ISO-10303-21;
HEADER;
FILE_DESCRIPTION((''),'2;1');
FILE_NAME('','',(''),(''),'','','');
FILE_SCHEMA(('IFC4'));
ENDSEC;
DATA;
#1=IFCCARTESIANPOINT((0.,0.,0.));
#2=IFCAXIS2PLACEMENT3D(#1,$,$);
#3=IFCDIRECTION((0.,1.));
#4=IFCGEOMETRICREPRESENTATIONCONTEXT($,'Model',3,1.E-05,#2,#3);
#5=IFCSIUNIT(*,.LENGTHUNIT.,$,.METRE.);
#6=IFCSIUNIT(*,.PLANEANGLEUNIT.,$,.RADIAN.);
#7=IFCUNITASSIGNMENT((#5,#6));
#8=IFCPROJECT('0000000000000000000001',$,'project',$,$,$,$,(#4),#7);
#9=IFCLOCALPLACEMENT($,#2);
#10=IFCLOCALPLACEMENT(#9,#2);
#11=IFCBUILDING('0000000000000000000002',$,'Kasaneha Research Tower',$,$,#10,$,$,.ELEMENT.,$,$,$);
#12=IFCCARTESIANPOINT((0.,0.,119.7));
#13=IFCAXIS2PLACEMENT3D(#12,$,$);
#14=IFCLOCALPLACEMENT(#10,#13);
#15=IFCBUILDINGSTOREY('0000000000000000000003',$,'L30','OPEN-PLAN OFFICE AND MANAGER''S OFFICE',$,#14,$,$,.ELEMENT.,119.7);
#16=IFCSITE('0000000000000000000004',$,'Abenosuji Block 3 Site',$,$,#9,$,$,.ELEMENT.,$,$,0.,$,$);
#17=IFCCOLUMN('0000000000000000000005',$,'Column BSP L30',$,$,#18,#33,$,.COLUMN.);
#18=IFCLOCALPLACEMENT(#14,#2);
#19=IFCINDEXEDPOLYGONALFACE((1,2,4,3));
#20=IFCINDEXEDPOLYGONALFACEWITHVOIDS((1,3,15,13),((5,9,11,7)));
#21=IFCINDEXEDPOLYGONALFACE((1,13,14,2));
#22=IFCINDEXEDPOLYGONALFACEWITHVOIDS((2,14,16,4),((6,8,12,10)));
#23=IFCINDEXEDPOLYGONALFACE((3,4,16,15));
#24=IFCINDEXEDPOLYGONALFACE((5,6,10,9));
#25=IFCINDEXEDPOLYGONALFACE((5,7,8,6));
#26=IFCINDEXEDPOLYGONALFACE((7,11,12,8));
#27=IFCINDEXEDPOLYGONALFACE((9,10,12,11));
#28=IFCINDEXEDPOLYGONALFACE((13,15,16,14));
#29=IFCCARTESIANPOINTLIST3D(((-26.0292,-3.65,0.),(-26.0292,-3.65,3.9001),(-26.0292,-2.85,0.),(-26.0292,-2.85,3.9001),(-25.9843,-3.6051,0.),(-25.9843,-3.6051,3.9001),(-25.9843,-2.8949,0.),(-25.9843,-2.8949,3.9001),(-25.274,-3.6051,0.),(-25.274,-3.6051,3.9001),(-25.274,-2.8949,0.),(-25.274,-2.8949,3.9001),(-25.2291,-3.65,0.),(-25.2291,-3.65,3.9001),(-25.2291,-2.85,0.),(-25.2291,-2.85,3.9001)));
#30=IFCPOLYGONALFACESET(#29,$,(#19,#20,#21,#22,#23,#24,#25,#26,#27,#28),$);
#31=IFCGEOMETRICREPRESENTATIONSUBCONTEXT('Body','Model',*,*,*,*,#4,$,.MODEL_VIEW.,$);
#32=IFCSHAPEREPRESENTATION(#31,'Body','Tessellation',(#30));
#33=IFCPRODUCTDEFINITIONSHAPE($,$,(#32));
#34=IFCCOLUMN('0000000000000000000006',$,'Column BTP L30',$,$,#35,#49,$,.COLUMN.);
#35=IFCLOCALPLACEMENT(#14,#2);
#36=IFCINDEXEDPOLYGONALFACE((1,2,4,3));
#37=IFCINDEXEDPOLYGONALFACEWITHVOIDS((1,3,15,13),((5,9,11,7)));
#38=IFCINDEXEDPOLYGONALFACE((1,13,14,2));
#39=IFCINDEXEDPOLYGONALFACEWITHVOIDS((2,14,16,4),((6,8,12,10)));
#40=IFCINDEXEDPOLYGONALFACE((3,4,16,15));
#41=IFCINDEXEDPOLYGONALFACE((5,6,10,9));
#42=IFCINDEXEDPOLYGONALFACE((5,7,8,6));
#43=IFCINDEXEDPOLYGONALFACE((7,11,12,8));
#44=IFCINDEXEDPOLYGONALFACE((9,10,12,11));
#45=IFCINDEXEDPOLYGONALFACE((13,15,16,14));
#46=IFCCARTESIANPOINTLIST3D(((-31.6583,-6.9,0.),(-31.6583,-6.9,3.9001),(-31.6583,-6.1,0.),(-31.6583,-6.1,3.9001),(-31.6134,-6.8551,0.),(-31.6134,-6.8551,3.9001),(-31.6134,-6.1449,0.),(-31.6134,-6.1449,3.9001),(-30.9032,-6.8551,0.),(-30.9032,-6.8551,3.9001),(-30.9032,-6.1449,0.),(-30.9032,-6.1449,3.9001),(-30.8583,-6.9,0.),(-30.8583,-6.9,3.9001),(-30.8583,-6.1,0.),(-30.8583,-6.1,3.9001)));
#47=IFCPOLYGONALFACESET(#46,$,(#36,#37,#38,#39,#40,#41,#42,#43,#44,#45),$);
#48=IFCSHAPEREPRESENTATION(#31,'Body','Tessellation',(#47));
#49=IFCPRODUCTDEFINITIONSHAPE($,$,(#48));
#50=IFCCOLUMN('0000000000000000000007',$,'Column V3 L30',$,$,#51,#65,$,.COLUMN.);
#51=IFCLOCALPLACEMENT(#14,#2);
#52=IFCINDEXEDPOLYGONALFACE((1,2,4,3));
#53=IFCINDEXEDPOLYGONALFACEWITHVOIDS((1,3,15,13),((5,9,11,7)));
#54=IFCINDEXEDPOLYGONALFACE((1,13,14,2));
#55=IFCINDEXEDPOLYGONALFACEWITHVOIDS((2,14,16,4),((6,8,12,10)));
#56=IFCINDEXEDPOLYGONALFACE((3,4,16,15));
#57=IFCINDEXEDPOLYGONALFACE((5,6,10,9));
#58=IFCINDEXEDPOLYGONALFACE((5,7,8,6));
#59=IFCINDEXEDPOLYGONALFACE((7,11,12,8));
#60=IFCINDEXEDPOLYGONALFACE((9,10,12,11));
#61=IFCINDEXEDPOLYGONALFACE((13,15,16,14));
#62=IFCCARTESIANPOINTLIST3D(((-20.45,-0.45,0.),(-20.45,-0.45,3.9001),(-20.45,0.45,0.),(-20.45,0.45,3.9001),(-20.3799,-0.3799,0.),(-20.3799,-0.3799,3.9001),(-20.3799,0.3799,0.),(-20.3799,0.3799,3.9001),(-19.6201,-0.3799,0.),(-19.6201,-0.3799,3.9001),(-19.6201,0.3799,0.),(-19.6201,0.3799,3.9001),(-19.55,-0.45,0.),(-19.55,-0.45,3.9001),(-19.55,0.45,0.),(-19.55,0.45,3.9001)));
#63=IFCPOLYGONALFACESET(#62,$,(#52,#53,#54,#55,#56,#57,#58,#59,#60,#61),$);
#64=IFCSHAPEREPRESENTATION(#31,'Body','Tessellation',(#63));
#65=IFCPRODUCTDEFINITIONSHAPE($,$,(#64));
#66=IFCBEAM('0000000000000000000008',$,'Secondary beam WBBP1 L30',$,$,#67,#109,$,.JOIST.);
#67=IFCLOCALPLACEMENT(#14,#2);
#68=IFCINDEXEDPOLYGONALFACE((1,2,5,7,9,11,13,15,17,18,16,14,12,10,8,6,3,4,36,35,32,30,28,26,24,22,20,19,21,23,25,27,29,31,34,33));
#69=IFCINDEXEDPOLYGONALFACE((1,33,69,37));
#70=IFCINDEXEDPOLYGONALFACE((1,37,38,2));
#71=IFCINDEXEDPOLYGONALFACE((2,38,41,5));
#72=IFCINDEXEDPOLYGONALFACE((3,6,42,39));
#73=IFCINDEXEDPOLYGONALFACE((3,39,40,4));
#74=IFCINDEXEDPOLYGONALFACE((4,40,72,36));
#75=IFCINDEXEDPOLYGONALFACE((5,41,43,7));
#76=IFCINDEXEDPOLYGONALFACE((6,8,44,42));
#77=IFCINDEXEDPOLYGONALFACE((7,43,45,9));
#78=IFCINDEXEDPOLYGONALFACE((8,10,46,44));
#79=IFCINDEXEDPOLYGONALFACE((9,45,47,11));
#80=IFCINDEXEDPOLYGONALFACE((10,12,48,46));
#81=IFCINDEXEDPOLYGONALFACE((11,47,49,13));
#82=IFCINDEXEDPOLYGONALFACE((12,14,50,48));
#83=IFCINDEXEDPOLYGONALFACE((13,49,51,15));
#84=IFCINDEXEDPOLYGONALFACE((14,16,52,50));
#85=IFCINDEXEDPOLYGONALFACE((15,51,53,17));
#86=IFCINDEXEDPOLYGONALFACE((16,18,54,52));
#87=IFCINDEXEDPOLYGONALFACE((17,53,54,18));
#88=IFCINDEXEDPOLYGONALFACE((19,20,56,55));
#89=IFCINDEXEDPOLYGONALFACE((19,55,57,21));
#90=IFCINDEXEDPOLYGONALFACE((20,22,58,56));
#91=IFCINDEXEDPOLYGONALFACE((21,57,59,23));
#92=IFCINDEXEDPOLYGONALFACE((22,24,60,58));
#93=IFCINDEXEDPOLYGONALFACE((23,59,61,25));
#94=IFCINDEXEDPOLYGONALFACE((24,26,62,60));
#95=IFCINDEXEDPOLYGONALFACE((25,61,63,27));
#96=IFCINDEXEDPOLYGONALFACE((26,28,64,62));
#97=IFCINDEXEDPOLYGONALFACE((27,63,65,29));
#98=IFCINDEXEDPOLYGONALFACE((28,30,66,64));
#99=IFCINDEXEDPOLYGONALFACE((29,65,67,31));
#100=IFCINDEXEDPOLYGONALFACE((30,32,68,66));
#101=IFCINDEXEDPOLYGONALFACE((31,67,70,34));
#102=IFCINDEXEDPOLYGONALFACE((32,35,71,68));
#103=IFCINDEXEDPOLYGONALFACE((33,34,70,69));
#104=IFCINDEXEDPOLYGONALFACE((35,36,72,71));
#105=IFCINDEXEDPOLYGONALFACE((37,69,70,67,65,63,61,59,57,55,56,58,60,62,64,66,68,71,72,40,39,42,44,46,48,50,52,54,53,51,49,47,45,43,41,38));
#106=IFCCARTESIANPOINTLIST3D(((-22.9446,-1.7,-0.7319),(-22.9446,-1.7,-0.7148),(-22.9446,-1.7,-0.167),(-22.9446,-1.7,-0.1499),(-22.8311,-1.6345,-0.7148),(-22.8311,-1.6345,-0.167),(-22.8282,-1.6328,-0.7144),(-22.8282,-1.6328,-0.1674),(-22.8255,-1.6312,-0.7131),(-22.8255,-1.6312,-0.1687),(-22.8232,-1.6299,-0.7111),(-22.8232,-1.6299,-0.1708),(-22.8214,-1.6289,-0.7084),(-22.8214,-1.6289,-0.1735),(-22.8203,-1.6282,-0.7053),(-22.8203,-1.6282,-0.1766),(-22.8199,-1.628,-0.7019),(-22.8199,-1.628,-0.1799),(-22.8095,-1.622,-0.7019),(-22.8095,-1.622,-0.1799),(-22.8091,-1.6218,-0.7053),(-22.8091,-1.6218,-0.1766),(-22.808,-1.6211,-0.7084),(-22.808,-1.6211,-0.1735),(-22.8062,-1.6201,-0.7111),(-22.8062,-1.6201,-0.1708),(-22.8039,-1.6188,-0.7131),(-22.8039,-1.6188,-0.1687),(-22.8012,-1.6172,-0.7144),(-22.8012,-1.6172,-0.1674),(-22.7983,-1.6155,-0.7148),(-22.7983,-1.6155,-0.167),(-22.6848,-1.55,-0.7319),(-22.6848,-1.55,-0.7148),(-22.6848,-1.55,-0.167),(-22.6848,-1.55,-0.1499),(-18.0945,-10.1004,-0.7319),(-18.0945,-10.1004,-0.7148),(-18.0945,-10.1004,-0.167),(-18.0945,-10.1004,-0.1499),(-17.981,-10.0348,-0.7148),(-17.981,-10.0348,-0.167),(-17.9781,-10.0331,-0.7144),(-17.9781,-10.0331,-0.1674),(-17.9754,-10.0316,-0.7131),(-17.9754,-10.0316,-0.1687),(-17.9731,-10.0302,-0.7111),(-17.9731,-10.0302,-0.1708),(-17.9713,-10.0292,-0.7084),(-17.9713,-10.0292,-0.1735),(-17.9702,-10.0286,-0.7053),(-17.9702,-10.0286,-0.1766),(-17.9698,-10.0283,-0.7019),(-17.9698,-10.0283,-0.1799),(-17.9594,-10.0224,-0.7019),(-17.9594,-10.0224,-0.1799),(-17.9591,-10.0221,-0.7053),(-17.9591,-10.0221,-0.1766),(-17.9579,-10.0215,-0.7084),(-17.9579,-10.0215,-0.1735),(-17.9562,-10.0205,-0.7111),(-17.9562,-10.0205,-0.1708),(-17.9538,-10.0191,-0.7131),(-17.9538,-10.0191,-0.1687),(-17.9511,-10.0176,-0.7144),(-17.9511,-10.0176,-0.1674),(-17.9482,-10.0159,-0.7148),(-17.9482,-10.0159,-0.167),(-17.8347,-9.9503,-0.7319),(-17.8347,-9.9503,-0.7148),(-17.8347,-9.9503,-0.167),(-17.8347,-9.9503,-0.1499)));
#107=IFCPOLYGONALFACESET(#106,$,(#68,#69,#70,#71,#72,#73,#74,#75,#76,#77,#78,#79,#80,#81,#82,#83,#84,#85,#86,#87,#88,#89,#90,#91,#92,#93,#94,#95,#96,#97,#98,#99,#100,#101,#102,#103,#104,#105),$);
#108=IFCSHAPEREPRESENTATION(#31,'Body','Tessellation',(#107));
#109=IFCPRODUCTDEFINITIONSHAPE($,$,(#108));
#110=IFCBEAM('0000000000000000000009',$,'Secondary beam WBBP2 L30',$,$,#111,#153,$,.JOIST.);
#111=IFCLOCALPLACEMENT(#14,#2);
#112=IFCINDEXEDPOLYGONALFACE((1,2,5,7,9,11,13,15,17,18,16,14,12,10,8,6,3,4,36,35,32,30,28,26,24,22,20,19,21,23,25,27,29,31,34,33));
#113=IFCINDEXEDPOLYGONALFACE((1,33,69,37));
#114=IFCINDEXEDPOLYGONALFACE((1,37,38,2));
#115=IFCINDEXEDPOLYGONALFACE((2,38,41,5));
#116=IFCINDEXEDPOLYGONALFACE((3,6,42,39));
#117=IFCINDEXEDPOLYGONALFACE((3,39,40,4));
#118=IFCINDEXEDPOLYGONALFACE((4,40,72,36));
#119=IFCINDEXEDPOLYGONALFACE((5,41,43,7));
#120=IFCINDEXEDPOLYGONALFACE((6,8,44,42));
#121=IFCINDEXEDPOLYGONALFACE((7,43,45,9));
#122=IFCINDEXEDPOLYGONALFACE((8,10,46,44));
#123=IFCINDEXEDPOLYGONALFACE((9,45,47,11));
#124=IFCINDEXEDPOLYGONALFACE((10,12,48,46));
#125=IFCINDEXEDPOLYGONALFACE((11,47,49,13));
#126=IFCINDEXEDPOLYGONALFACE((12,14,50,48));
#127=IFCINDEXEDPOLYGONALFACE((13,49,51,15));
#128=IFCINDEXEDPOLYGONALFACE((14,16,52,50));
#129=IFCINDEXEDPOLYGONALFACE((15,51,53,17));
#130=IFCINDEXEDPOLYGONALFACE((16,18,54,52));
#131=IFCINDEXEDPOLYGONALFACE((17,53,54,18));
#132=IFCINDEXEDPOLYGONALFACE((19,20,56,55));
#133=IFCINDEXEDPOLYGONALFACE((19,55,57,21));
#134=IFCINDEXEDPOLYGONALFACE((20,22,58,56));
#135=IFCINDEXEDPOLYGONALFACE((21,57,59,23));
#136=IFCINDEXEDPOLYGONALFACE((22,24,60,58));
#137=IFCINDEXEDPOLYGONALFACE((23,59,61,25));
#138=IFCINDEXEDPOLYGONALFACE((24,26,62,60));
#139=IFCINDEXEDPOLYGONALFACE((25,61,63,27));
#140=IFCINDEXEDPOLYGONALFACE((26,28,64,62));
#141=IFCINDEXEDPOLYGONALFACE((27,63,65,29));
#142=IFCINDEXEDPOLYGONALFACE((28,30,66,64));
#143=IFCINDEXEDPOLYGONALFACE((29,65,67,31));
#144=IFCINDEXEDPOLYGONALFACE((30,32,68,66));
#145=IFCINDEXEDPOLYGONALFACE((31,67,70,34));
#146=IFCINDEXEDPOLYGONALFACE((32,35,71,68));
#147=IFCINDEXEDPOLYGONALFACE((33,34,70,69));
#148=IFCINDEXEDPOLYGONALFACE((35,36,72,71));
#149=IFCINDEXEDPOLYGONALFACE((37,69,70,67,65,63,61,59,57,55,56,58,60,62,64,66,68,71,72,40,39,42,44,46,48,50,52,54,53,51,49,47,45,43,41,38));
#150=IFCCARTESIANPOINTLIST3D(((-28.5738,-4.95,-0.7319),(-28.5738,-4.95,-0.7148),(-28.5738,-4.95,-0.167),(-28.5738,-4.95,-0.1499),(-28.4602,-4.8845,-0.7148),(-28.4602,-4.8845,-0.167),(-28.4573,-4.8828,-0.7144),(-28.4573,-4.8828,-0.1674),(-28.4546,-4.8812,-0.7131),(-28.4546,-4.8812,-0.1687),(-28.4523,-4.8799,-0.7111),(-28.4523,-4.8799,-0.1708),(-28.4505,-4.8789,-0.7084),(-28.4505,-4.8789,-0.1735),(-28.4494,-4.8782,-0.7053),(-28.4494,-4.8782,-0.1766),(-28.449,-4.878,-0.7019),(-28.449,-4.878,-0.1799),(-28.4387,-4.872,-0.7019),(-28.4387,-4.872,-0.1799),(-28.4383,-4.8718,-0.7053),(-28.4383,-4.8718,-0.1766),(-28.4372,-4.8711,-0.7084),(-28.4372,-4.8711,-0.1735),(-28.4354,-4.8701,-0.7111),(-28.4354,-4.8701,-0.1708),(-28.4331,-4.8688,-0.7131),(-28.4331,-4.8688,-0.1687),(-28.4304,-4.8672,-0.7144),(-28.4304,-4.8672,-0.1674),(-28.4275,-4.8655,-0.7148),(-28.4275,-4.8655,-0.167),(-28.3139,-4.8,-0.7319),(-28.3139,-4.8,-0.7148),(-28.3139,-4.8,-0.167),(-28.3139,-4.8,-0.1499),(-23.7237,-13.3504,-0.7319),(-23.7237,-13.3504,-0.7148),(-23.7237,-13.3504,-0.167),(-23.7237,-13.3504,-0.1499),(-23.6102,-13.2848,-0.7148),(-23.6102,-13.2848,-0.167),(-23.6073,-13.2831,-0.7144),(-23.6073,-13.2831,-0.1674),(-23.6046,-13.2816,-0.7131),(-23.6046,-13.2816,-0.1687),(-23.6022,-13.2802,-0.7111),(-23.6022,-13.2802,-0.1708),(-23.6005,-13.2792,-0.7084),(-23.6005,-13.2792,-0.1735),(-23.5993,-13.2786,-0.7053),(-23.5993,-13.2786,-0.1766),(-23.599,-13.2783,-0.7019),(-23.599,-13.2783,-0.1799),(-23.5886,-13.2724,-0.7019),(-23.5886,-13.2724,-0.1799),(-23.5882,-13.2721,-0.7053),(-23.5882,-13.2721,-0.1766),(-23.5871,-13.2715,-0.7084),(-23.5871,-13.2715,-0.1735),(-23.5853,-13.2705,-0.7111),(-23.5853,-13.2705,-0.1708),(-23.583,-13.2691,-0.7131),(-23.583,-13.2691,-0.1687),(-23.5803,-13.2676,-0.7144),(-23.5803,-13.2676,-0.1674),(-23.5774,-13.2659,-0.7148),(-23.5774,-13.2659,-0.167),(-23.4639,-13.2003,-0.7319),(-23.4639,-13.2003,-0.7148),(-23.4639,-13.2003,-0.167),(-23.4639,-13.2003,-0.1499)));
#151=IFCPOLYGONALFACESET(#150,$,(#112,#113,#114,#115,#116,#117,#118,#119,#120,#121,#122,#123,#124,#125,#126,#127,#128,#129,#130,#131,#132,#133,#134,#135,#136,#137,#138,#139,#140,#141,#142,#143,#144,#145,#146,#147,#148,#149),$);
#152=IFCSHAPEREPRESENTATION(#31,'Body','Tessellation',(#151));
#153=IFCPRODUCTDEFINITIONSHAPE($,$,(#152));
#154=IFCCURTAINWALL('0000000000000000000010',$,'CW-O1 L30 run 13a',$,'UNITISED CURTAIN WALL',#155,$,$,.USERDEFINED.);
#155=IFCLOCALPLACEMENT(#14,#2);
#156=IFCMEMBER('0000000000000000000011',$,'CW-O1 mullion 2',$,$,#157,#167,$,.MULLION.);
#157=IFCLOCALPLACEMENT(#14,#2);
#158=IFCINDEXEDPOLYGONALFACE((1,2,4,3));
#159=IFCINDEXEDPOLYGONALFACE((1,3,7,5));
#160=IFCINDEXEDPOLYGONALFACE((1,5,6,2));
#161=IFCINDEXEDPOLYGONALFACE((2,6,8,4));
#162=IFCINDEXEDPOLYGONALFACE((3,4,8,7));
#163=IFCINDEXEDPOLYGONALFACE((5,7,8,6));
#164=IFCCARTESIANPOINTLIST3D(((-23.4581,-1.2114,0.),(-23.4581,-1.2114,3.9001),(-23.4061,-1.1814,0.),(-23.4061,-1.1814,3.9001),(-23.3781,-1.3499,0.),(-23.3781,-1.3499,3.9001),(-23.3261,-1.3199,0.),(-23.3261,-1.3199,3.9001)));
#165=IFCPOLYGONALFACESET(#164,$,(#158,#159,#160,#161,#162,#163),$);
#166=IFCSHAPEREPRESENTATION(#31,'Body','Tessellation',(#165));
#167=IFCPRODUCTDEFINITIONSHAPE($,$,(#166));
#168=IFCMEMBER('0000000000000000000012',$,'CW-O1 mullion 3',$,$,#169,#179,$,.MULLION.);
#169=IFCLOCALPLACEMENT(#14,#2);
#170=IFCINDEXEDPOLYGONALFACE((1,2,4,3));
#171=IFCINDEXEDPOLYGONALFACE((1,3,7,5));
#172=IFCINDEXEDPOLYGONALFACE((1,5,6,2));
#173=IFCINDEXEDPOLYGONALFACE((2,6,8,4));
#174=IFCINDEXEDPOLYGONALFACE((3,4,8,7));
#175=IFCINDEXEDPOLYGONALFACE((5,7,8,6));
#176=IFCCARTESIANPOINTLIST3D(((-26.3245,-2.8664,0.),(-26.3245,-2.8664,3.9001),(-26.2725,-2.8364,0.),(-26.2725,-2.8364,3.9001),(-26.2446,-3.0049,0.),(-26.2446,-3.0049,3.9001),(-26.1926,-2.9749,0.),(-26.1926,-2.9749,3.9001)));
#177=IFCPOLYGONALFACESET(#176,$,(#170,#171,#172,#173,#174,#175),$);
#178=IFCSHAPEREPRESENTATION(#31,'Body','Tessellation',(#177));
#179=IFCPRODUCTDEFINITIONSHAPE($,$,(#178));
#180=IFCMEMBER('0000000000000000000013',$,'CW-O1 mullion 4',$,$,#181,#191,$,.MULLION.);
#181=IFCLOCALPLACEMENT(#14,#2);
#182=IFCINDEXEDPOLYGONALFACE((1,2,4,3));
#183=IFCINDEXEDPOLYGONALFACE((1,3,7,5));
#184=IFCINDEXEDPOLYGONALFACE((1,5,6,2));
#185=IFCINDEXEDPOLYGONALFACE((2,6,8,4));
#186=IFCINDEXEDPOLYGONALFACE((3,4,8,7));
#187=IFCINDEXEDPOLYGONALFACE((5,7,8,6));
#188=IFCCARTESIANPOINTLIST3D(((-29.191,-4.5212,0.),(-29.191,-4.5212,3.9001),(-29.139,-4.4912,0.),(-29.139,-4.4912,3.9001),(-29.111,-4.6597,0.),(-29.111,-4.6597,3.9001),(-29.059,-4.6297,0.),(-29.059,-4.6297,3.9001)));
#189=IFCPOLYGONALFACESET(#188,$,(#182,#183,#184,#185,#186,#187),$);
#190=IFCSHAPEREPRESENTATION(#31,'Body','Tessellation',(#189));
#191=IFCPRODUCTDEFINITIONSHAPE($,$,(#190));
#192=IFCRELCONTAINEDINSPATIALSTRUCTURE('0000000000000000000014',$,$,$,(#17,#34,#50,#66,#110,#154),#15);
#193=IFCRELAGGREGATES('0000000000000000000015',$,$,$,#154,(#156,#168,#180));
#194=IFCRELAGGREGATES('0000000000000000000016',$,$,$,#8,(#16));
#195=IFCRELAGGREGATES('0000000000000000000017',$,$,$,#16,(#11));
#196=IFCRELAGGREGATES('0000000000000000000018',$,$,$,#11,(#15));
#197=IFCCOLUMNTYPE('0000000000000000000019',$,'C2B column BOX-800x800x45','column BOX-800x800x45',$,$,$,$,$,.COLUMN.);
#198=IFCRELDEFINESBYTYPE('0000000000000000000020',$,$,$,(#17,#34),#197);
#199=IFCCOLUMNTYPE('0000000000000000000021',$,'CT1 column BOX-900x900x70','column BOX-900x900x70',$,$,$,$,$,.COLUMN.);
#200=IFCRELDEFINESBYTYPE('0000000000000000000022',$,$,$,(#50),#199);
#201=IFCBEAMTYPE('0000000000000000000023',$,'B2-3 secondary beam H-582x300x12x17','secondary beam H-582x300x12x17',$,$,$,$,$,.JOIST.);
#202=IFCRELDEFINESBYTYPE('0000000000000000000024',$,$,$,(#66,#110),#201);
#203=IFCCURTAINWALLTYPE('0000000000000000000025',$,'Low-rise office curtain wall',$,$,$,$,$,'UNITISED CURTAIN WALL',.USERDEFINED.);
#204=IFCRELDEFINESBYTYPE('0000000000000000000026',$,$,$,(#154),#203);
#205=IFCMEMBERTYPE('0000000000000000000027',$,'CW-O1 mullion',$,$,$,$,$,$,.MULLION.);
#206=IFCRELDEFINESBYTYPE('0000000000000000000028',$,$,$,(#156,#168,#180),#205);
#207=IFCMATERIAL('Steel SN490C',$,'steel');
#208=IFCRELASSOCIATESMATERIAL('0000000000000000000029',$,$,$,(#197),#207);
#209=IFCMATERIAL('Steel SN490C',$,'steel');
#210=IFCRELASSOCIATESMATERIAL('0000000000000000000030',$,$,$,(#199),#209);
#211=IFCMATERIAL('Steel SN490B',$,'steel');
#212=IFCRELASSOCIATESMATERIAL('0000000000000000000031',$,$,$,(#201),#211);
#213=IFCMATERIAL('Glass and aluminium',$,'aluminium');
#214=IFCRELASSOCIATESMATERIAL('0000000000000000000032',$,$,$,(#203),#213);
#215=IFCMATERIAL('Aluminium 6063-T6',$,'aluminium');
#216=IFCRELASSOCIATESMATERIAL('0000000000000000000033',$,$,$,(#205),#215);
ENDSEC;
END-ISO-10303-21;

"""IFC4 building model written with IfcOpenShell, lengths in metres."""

from ifc_helpers import new_model, si_unit, direction, frame, origin, origin_2d, place, context, subcontext, project, spatial, rectangle, hollow_rectangle, i_section, extrude, material, material_profile, profile_set, type_object, element, aggregate, save


model = new_model("IFC4")

# Units and contexts
model_context = context("Model", 3, precision=1e-05, world=origin(), true_north=direction((0.0, 1.0)))
body_context = subcontext(model_context, "Body", "Model", "MODEL_VIEW")
ifc_project = project(units=[si_unit("LENGTHUNIT", "METRE"), si_unit("PLANEANGLEUNIT", "RADIAN")], contexts=[model_context])

# Site, building, storey
site_placement = place(None, origin())
site = spatial("IfcSite", under=ifc_project, at=site_placement, Name="Abenosuji Block 3 Site", CompositionType="ELEMENT", RefElevation=0.0)
building_placement = place(site_placement, origin())
building = spatial("IfcBuilding", under=site, at=building_placement, Name="Kasaneha Research Tower", CompositionType="ELEMENT")
storey_placement = place(building_placement, frame((0.0, 0.0, 119.7)))
storey = spatial("IfcBuildingStorey", under=building, at=storey_placement, Name="L30", Description="OPEN-PLAN OFFICE AND MANAGER'S OFFICE", CompositionType="ELEMENT", Elevation=119.7)

# Columns
ifc_material_1 = material(Name="Steel SN490C", Category="steel")
ifc_material_profile_1 = material_profile(ifc_material_1, hollow_rectangle(XDim=0.8, YDim=0.8, WallThickness=0.0449, at=origin_2d()), Name="BOX-800x800x45")
ifc_profile_set_1 = profile_set([ifc_material_profile_1], Name="Steel SN490C")
column_type_1 = type_object("IfcColumnType", Name="C2B column BOX-800x800x45", Description="column BOX-800x800x45", PredefinedType="COLUMN", material=ifc_profile_set_1)
for number, where, z_axis, x_axis, name in (
    (1, (-25.6292, -3.25, 0.0), (0.0, 0.0, 1.0), (1.0, 0.0, 0.0), "Column BSP L30"),
    (2, (-31.2583, -6.5, 0.0), (0.0, 0.0, 1.0), (1.0, 0.0, 0.0), "Column BTP L30"),
):
    element("IfcColumn", number, at=place(storey_placement, frame(where, z_axis=z_axis, x_axis=x_axis)), inside=storey, type_object=column_type_1, Name=name, PredefinedType="COLUMN", context=body_context, shape_type="SweptSolid", body=[
        extrude(hollow_rectangle(XDim=0.8, YDim=0.8, WallThickness=0.0449, at=origin_2d()), origin(), (0.0, 0.0, 1.0), 3.9001),
    ])
ifc_material_2 = material(Name="Steel SN490C", Category="steel")
ifc_material_profile_2 = material_profile(ifc_material_2, hollow_rectangle(XDim=0.8999, YDim=0.8999, WallThickness=0.0701, at=origin_2d()), Name="BOX-900x900x70")
ifc_profile_set_2 = profile_set([ifc_material_profile_2], Name="Steel SN490C")
column_type_2 = type_object("IfcColumnType", Name="CT1 column BOX-900x900x70", Description="column BOX-900x900x70", PredefinedType="COLUMN", material=ifc_profile_set_2)
column_placement = place(storey_placement, frame((-20.0, 0.0, 0.0), z_axis=(0.0, 0.0, 1.0), x_axis=(1.0, 0.0, 0.0)))
element("IfcColumn", 3, at=column_placement, inside=storey, type_object=column_type_2, Name="Column V3 L30", PredefinedType="COLUMN", context=body_context, shape_type="SweptSolid", body=[
    extrude(hollow_rectangle(XDim=0.8999, YDim=0.8999, WallThickness=0.0701, at=origin_2d()), origin(), (0.0, 0.0, 1.0), 3.9001),
])

# Beams
ifc_material_3 = material(Name="Steel SN490B", Category="steel")
ifc_material_profile_3 = material_profile(ifc_material_3, i_section(OverallWidth=0.3, OverallDepth=0.582, WebThickness=0.012, FlangeThickness=0.0171, FilletRadius=0.0129, at=origin_2d()), Name="H-582x300x12x17")
ifc_profile_set_3 = profile_set([ifc_material_profile_3], Name="Steel SN490B")
beam_type_1 = type_object("IfcBeamType", Name="B2-3 secondary beam H-582x300x12x17", Description="secondary beam H-582x300x12x17", PredefinedType="JOIST", material=ifc_profile_set_3)
for number, where, z_axis, x_axis, name in (
    (4, (-22.8147, -1.625, -0.4409), (0.50001, -0.86602, 0.0), (0.86602, 0.50001, 0.0), "Secondary beam WBBP1 L30"),
    (5, (-28.4438, -4.875, -0.4409), (0.50001, -0.86602, 0.0), (0.86602, 0.50001, 0.0), "Secondary beam WBBP2 L30"),
):
    element("IfcBeam", number, at=place(storey_placement, frame(where, z_axis=z_axis, x_axis=x_axis)), inside=storey, type_object=beam_type_1, Name=name, PredefinedType="JOIST", context=body_context, shape_type="SweptSolid", body=[
        extrude(i_section(OverallWidth=0.3, OverallDepth=0.582, WebThickness=0.012, FlangeThickness=0.0171, FilletRadius=0.0129, at=origin_2d()), origin(), (0.0, 0.0, 1.0), 9.7),
    ])

# Curtain wall, members
ifc_material_4 = material(Name="Glass and aluminium", Category="aluminium")
curtain_wall_type = type_object("IfcCurtainWallType", Name="Low-rise office curtain wall", ElementType="UNITISED CURTAIN WALL", PredefinedType="USERDEFINED", material=ifc_material_4)
curtain_wall_1_placement = place(storey_placement, origin())
curtain_wall_1 = element("IfcCurtainWall", 6, at=curtain_wall_1_placement, inside=storey, type_object=curtain_wall_type, Name="CW-O1 L30 run 13a", ObjectType="UNITISED CURTAIN WALL", PredefinedType="USERDEFINED")
ifc_material_5 = material(Name="Aluminium 6063-T6", Category="aluminium")
ifc_material_profile_4 = material_profile(ifc_material_5, rectangle(XDim=0.0601, YDim=0.1599, at=origin_2d()), Name="CW-O1 mullion 60x160")
ifc_profile_set_4 = profile_set([ifc_material_profile_4], Name="Aluminium 6063-T6")
member_type_1 = type_object("IfcMemberType", Name="CW-O1 mullion", PredefinedType="MULLION", material=ifc_profile_set_4)
member_1_placement = place(storey_placement, frame((-23.3921, -1.2656, 0.0), z_axis=(0.0, 0.0, 1.0), x_axis=(-0.866025, -0.5, 0.0)))
member_1 = element("IfcMember", 7, at=member_1_placement, type_object=member_type_1, Name="CW-O1 mullion 2", PredefinedType="MULLION", context=body_context, shape_type="SweptSolid", body=[
    extrude(rectangle(XDim=0.0601, YDim=0.1599, at=origin_2d()), origin(), (0.0, 0.0, 1.0), 3.9001),
])
member_2_placement = place(storey_placement, frame((-26.2585, -2.9207, 0.0), z_axis=(0.0, 0.0, 1.0), x_axis=(-0.866025, -0.5, 0.0)))
member_2 = element("IfcMember", 8, at=member_2_placement, type_object=member_type_1, Name="CW-O1 mullion 3", PredefinedType="MULLION", context=body_context, shape_type="SweptSolid", body=[
    extrude(rectangle(XDim=0.0601, YDim=0.1599, at=origin_2d()), origin(), (0.0, 0.0, 1.0), 3.9001),
])
member_3_placement = place(storey_placement, frame((-29.125, -4.5754, 0.0), z_axis=(0.0, 0.0, 1.0), x_axis=(-0.866025, -0.5, 0.0)))
member_3 = element("IfcMember", 9, at=member_3_placement, type_object=member_type_1, Name="CW-O1 mullion 4", PredefinedType="MULLION", context=body_context, shape_type="SweptSolid", body=[
    extrude(rectangle(XDim=0.0601, YDim=0.1599, at=origin_2d()), origin(), (0.0, 0.0, 1.0), 3.9001),
])

aggregate(curtain_wall_1, [member_1, member_2, member_3])

save(model, "model.ifc")
